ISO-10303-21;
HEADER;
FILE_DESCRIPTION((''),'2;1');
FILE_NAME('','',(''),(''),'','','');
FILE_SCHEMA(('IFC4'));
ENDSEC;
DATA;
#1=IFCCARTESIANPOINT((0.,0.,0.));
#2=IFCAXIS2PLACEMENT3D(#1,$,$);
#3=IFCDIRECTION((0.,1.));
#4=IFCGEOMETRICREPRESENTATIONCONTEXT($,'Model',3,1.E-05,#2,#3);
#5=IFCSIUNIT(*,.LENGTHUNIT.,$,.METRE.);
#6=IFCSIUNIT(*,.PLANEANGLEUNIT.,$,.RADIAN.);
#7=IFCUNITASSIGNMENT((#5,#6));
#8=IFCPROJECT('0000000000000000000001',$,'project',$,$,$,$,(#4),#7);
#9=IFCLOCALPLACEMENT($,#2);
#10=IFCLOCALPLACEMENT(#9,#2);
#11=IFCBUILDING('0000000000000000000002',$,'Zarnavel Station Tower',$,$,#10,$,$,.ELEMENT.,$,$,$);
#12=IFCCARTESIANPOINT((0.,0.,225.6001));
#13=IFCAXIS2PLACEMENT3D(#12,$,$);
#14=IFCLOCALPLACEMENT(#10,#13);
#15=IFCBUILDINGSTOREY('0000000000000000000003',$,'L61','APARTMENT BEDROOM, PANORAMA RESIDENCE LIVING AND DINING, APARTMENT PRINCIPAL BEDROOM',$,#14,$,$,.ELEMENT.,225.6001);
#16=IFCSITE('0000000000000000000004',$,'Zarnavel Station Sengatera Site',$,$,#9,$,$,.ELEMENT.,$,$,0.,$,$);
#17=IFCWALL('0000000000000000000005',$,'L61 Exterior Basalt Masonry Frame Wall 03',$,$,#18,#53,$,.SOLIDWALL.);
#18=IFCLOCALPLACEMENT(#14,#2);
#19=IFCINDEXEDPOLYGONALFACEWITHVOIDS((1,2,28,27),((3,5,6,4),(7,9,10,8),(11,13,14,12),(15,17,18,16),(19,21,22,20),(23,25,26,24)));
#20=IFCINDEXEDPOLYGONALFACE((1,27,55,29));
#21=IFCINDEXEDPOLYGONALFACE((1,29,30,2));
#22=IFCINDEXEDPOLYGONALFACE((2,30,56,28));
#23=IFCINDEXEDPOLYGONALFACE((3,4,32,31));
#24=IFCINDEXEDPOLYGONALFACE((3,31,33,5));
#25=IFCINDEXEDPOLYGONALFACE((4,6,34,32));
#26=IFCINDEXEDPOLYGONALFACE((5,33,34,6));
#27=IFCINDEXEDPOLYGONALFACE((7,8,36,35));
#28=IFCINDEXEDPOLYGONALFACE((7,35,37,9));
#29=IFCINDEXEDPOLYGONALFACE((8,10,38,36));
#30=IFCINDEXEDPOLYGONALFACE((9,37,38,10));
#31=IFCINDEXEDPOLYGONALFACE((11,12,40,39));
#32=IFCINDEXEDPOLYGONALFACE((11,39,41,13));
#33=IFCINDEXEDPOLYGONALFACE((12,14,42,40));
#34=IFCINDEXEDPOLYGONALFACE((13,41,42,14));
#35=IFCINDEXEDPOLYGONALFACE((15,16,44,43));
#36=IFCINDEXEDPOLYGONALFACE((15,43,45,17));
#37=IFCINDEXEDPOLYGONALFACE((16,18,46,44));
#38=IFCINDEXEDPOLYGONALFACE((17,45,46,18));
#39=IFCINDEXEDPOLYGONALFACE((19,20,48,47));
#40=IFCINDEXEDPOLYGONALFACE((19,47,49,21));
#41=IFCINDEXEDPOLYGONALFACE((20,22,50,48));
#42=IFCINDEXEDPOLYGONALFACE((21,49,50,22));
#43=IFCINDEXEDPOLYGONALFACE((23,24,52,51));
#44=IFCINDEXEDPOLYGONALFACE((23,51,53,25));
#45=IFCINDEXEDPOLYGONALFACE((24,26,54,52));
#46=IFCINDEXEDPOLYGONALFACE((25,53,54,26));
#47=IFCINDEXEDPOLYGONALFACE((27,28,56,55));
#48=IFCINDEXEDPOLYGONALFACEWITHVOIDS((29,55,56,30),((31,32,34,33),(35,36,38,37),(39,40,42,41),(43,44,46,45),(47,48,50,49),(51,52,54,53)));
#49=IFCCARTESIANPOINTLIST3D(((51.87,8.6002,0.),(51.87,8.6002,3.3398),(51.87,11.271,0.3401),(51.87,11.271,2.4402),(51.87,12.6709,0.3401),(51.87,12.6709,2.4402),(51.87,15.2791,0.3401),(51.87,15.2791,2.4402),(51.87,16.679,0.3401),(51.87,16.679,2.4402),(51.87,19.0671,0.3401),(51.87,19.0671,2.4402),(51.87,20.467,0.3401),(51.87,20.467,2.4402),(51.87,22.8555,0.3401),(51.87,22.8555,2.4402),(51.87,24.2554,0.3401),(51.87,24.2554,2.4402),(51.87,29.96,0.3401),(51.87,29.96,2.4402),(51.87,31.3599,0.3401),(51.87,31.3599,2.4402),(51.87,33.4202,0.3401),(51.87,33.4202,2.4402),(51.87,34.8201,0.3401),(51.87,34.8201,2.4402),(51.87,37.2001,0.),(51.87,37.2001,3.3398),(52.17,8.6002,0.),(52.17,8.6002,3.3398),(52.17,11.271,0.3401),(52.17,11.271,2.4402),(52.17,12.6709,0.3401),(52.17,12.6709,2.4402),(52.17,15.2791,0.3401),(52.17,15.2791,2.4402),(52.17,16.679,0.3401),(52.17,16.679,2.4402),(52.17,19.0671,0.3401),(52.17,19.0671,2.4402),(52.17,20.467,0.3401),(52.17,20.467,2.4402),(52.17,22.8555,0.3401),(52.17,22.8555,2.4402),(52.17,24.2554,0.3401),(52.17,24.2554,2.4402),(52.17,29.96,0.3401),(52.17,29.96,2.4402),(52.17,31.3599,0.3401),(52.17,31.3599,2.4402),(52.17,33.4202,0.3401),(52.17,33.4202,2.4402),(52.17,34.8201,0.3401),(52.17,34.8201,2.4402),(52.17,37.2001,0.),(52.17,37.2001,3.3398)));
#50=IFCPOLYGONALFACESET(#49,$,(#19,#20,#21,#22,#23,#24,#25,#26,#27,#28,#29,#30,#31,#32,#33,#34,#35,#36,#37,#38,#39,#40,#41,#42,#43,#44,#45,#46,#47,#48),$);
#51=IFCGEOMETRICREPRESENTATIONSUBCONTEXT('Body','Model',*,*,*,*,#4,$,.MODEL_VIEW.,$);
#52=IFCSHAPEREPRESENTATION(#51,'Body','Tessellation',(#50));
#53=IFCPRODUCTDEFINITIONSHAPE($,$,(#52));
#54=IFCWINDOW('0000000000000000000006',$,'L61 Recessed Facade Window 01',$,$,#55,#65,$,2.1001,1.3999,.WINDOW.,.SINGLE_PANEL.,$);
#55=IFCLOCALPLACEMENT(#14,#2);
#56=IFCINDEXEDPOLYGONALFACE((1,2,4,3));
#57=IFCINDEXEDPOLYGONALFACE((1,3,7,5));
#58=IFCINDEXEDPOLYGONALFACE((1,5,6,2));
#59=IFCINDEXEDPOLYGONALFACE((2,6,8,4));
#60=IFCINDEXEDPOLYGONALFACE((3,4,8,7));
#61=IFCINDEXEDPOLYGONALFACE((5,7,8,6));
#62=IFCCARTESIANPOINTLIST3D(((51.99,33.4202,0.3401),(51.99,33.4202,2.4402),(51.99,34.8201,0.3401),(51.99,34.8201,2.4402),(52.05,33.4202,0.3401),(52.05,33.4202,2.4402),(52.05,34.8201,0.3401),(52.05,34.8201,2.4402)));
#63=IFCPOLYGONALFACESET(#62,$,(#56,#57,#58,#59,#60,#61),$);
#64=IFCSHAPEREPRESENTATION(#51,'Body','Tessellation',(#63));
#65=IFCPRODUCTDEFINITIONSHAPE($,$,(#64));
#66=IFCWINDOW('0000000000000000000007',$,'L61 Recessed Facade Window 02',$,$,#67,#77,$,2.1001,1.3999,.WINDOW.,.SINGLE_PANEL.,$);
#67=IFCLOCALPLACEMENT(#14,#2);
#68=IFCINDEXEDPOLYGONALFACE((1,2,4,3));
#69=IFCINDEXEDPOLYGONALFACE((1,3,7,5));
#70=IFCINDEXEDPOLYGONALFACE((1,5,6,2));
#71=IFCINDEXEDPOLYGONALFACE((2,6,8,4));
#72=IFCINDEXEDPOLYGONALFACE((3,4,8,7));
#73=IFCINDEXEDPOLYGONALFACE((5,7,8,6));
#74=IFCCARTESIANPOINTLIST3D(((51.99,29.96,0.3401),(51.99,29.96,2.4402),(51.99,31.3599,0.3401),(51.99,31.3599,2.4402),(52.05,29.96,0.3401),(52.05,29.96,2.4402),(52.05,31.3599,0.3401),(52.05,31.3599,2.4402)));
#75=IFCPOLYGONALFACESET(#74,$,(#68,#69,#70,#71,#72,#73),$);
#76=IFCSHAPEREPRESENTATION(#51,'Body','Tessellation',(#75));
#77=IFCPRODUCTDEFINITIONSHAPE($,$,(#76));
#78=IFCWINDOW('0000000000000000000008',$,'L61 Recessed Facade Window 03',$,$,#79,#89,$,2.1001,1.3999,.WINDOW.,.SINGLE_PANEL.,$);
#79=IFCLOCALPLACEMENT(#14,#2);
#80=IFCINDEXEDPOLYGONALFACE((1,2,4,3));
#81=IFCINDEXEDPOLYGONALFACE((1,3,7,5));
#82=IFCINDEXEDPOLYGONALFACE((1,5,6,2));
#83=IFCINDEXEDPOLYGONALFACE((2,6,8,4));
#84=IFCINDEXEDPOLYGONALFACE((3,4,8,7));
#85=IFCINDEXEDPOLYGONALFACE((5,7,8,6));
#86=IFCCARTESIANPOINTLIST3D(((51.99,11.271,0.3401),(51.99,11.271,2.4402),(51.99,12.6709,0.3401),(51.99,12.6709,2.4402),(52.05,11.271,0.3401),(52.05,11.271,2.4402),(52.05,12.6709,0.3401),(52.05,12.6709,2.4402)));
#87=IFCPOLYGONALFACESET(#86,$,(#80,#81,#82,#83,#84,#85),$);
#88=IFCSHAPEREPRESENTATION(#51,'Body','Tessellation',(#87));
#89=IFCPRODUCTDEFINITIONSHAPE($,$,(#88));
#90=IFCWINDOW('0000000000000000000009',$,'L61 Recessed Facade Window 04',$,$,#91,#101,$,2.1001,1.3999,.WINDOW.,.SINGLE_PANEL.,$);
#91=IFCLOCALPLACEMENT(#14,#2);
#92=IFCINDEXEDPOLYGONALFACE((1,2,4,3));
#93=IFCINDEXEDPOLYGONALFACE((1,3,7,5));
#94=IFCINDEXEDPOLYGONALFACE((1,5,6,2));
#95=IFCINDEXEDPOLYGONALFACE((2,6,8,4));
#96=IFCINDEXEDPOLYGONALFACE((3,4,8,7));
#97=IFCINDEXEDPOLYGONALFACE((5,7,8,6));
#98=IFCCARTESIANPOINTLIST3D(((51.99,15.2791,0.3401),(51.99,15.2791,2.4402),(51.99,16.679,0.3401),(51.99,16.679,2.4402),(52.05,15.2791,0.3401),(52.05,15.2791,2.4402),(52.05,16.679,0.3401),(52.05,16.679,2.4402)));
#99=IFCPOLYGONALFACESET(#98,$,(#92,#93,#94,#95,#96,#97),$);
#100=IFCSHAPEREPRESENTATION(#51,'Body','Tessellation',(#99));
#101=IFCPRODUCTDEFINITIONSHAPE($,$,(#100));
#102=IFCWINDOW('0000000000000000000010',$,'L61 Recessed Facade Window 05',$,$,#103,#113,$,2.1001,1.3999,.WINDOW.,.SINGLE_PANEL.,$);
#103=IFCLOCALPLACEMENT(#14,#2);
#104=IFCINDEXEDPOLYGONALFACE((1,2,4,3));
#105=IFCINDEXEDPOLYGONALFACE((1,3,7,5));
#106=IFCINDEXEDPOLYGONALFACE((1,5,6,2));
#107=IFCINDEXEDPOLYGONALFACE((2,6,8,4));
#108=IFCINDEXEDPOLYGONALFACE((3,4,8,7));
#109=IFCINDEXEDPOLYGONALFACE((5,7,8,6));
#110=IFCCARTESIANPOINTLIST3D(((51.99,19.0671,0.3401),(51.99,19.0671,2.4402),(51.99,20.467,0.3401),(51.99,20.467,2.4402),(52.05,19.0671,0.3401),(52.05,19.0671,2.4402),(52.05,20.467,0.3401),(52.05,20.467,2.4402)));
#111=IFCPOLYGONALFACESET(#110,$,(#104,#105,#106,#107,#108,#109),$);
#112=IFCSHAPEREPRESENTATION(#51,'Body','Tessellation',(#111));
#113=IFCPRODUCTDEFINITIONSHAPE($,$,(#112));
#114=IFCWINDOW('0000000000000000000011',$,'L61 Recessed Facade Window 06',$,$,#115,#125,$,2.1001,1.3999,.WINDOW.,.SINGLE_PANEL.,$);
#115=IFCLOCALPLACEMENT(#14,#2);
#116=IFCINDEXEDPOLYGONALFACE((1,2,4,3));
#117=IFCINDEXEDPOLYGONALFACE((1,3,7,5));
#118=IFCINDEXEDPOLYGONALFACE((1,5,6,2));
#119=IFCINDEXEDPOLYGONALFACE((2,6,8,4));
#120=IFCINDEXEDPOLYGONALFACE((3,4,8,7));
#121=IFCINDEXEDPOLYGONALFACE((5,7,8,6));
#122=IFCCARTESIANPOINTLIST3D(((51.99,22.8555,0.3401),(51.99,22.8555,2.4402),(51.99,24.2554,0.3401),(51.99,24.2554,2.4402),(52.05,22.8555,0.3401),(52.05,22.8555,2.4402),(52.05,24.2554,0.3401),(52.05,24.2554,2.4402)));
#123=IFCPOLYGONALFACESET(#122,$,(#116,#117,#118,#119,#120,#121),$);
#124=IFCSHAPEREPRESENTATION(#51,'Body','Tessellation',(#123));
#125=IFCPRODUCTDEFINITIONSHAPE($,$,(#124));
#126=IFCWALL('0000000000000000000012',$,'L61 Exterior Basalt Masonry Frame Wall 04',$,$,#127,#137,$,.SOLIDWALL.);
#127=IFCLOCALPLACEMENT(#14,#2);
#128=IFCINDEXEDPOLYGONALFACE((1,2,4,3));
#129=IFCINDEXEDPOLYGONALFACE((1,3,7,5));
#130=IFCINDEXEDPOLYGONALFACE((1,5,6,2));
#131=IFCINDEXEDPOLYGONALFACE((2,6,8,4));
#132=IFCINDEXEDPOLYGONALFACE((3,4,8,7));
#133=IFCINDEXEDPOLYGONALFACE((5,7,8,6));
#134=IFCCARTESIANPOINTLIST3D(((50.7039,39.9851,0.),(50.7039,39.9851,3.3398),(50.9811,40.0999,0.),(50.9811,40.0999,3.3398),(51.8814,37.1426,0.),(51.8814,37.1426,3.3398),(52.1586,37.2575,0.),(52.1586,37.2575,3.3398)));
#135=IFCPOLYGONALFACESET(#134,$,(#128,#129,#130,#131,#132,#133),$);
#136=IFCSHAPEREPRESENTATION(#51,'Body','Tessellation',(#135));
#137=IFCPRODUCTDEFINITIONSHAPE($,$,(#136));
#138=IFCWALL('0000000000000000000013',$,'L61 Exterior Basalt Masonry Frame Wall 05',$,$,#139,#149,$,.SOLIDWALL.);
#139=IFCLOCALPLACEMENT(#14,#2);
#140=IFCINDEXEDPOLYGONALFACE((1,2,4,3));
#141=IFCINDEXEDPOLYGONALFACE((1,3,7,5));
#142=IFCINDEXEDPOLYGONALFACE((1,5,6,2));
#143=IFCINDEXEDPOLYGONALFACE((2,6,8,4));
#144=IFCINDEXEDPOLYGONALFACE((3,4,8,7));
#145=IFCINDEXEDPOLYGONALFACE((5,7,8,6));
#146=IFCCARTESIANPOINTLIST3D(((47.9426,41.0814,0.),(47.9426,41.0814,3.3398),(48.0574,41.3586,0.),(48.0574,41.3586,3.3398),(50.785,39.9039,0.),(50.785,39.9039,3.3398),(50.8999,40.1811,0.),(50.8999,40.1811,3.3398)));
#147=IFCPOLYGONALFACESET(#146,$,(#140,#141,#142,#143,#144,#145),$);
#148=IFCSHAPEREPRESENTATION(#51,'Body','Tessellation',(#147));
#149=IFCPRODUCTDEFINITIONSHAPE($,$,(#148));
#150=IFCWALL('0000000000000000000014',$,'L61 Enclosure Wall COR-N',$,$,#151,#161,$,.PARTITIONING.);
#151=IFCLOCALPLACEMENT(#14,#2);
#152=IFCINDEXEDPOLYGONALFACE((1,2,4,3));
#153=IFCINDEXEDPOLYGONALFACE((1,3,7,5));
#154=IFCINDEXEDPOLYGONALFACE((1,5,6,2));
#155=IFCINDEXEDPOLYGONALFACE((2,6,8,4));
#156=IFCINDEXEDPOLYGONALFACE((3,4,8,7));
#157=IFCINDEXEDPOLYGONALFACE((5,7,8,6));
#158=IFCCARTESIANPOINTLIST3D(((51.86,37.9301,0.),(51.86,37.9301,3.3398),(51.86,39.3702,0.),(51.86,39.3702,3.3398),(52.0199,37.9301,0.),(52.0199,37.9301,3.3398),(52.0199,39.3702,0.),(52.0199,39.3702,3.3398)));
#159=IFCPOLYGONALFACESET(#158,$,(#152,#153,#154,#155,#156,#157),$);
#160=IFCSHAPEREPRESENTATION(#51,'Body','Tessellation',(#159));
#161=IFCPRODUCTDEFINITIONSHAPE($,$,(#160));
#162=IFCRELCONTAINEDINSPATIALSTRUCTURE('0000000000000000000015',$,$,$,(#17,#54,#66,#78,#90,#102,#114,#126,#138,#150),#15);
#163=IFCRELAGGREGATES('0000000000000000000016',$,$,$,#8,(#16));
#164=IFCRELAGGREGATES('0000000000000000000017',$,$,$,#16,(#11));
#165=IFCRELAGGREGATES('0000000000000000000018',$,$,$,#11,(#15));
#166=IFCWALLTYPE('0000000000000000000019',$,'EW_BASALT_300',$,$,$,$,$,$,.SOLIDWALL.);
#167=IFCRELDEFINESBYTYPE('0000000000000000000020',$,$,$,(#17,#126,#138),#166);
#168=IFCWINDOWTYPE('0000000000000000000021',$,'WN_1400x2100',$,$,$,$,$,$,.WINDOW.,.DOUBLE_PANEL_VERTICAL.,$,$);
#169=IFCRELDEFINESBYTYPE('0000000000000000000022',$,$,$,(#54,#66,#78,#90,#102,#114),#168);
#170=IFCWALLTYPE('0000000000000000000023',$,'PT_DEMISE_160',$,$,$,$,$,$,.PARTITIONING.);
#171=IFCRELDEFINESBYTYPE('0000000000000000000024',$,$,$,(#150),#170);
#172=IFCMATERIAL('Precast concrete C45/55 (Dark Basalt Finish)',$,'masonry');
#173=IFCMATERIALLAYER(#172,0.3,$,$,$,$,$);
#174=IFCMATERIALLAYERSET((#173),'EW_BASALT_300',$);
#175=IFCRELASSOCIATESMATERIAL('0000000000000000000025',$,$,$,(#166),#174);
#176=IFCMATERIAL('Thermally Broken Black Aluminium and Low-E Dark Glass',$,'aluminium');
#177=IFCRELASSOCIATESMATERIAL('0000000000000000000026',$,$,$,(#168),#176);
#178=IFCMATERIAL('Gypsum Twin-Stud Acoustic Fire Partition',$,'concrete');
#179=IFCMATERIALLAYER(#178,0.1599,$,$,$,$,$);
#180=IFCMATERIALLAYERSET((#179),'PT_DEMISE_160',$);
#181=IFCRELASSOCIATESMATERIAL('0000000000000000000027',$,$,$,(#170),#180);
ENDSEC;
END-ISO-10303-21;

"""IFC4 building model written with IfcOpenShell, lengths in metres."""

from ifc_helpers import new_model, si_unit, direction, frame, frame_2d, origin, place, context, subcontext, project, spatial, rectangle, extrude, material, layer, layer_set, type_object, element, fill, save


model = new_model("IFC4")

# Units and contexts
model_context = context("Model", 3, precision=1e-05, world=origin(), true_north=direction((0.0, 1.0)))
body_context = subcontext(model_context, "Body", "Model", "MODEL_VIEW")
ifc_project = project(units=[si_unit("LENGTHUNIT", "METRE"), si_unit("PLANEANGLEUNIT", "RADIAN")], contexts=[model_context])

# Site, building, storey
site_placement = place(None, origin())
site = spatial("IfcSite", under=ifc_project, at=site_placement, Name="Zarnavel Station Sengatera Site", CompositionType="ELEMENT", RefElevation=0.0)
building_placement = place(site_placement, origin())
building = spatial("IfcBuilding", under=site, at=building_placement, Name="Zarnavel Station Tower", CompositionType="ELEMENT")
storey_placement = place(building_placement, frame((0.0, 0.0, 225.6001)))
storey = spatial("IfcBuildingStorey", under=building, at=storey_placement, Name="L61", Description="APARTMENT BEDROOM, PANORAMA RESIDENCE LIVING AND DINING, APARTMENT PRINCIPAL BEDROOM", CompositionType="ELEMENT", Elevation=225.6001)

# Wall, openings, windows
ifc_material_1 = material(Name="Precast concrete C45/55 (Dark Basalt Finish)", Category="masonry")
ifc_layer_1 = layer(ifc_material_1, 0.3)
ifc_layer_set_1 = layer_set([ifc_layer_1], Name="EW_BASALT_300")
wall_type_1 = type_object("IfcWallType", Name="EW_BASALT_300", PredefinedType="SOLIDWALL", material=ifc_layer_set_1)
wall_1_placement = place(storey_placement, frame((52.02, 37.2, 0.0), z_axis=(0.0, 0.0, 1.0), x_axis=(0.0, -1.0, 0.0)))
wall_1 = element("IfcWall", 1, at=wall_1_placement, inside=storey, type_object=wall_type_1, Name="L61 Exterior Basalt Masonry Frame Wall 03", PredefinedType="SOLIDWALL", context=body_context, shape_type="SweptSolid", body=[
    extrude(rectangle(XDim=28.5999, YDim=0.3, at=frame_2d((14.2998, 0.0))), origin(), (0.0, 0.0, 1.0), 3.3398),
])
opening_1_placement = place(wall_1_placement, frame((2.3799, 0.0, 0.3401)))
opening_1 = element("IfcOpeningElement", 2, at=opening_1_placement, cuts=wall_1, PredefinedType="OPENING", context=body_context, shape_type="SweptSolid", body=[
    extrude(rectangle(XDim=1.3999, YDim=2.1001, at=frame_2d((0.7, 1.05))), frame((0.0, 0.1599, 0.0), z_axis=(0.0, -1.0, 0.0), x_axis=(1.0, 0.0, 0.0)), (0.0, 0.0, 1.0), 0.3201),
])
opening_2_placement = place(wall_1_placement, frame((5.8401, 0.0, 0.3401)))
opening_2 = element("IfcOpeningElement", 3, at=opening_2_placement, cuts=wall_1, PredefinedType="OPENING", context=body_context, shape_type="SweptSolid", body=[
    extrude(rectangle(XDim=1.3999, YDim=2.1001, at=frame_2d((0.7, 1.05))), frame((0.0, 0.1599, 0.0), z_axis=(0.0, -1.0, 0.0), x_axis=(1.0, 0.0, 0.0)), (0.0, 0.0, 1.0), 0.3201),
])
opening_3_placement = place(wall_1_placement, frame((24.5291, 0.0, 0.3401)))
opening_3 = element("IfcOpeningElement", 4, at=opening_3_placement, cuts=wall_1, PredefinedType="OPENING", context=body_context, shape_type="SweptSolid", body=[
    extrude(rectangle(XDim=1.3999, YDim=2.1001, at=frame_2d((0.7, 1.05))), frame((0.0, 0.1599, 0.0), z_axis=(0.0, -1.0, 0.0), x_axis=(1.0, 0.0, 0.0)), (0.0, 0.0, 1.0), 0.3201),
])
opening_4_placement = place(wall_1_placement, frame((20.521, 0.0, 0.3401)))
opening_4 = element("IfcOpeningElement", 5, at=opening_4_placement, cuts=wall_1, PredefinedType="OPENING", context=body_context, shape_type="SweptSolid", body=[
    extrude(rectangle(XDim=1.3999, YDim=2.1001, at=frame_2d((0.7, 1.05))), frame((0.0, 0.1599, 0.0), z_axis=(0.0, -1.0, 0.0), x_axis=(1.0, 0.0, 0.0)), (0.0, 0.0, 1.0), 0.3201),
])
opening_5_placement = place(wall_1_placement, frame((16.7329, 0.0, 0.3401)))
opening_5 = element("IfcOpeningElement", 6, at=opening_5_placement, cuts=wall_1, PredefinedType="OPENING", context=body_context, shape_type="SweptSolid", body=[
    extrude(rectangle(XDim=1.3999, YDim=2.1001, at=frame_2d((0.7, 1.05))), frame((0.0, 0.1599, 0.0), z_axis=(0.0, -1.0, 0.0), x_axis=(1.0, 0.0, 0.0)), (0.0, 0.0, 1.0), 0.3201),
])
opening_6_placement = place(wall_1_placement, frame((12.9446, 0.0, 0.3401)))
opening_6 = element("IfcOpeningElement", 7, at=opening_6_placement, cuts=wall_1, PredefinedType="OPENING", context=body_context, shape_type="SweptSolid", body=[
    extrude(rectangle(XDim=1.3999, YDim=2.1001, at=frame_2d((0.7, 1.05))), frame((0.0, 0.1599, 0.0), z_axis=(0.0, -1.0, 0.0), x_axis=(1.0, 0.0, 0.0)), (0.0, 0.0, 1.0), 0.3201),
])
ifc_material_2 = material(Name="Thermally Broken Black Aluminium and Low-E Dark Glass", Category="aluminium")
window_type = type_object("IfcWindowType", Name="WN_1400x2100", PartitioningType="DOUBLE_PANEL_VERTICAL", PredefinedType="WINDOW", material=ifc_material_2)
window_1_placement = place(opening_1_placement, origin())
window_1 = element("IfcWindow", 8, at=window_1_placement, inside=storey, type_object=window_type, Name="L61 Recessed Facade Window 01", OverallHeight=2.1001, OverallWidth=1.3999, PartitioningType="SINGLE_PANEL", PredefinedType="WINDOW", context=body_context, shape_type="SweptSolid", body=[
    extrude(rectangle(XDim=1.3999, YDim=2.1001, at=frame_2d((0.7, 1.05))), frame((0.0, 0.03, 0.0), z_axis=(0.0, -1.0, 0.0), x_axis=(1.0, 0.0, 0.0)), (0.0, 0.0, 1.0), 0.0601),
])
fill(opening_1, window_1)
window_2_placement = place(opening_2_placement, origin())
window_2 = element("IfcWindow", 9, at=window_2_placement, inside=storey, type_object=window_type, Name="L61 Recessed Facade Window 02", OverallHeight=2.1001, OverallWidth=1.3999, PartitioningType="SINGLE_PANEL", PredefinedType="WINDOW", context=body_context, shape_type="SweptSolid", body=[
    extrude(rectangle(XDim=1.3999, YDim=2.1001, at=frame_2d((0.7, 1.05))), frame((0.0, 0.03, 0.0), z_axis=(0.0, -1.0, 0.0), x_axis=(1.0, 0.0, 0.0)), (0.0, 0.0, 1.0), 0.0601),
])
fill(opening_2, window_2)
window_3_placement = place(opening_3_placement, origin())
window_3 = element("IfcWindow", 10, at=window_3_placement, inside=storey, type_object=window_type, Name="L61 Recessed Facade Window 03", OverallHeight=2.1001, OverallWidth=1.3999, PartitioningType="SINGLE_PANEL", PredefinedType="WINDOW", context=body_context, shape_type="SweptSolid", body=[
    extrude(rectangle(XDim=1.3999, YDim=2.1001, at=frame_2d((0.7, 1.05))), frame((0.0, 0.03, 0.0), z_axis=(0.0, -1.0, 0.0), x_axis=(1.0, 0.0, 0.0)), (0.0, 0.0, 1.0), 0.0601),
])
fill(opening_3, window_3)
window_4_placement = place(opening_4_placement, origin())
window_4 = element("IfcWindow", 11, at=window_4_placement, inside=storey, type_object=window_type, Name="L61 Recessed Facade Window 04", OverallHeight=2.1001, OverallWidth=1.3999, PartitioningType="SINGLE_PANEL", PredefinedType="WINDOW", context=body_context, shape_type="SweptSolid", body=[
    extrude(rectangle(XDim=1.3999, YDim=2.1001, at=frame_2d((0.7, 1.05))), frame((0.0, 0.03, 0.0), z_axis=(0.0, -1.0, 0.0), x_axis=(1.0, 0.0, 0.0)), (0.0, 0.0, 1.0), 0.0601),
])
fill(opening_4, window_4)
window_5_placement = place(opening_5_placement, origin())
window_5 = element("IfcWindow", 12, at=window_5_placement, inside=storey, type_object=window_type, Name="L61 Recessed Facade Window 05", OverallHeight=2.1001, OverallWidth=1.3999, PartitioningType="SINGLE_PANEL", PredefinedType="WINDOW", context=body_context, shape_type="SweptSolid", body=[
    extrude(rectangle(XDim=1.3999, YDim=2.1001, at=frame_2d((0.7, 1.05))), frame((0.0, 0.03, 0.0), z_axis=(0.0, -1.0, 0.0), x_axis=(1.0, 0.0, 0.0)), (0.0, 0.0, 1.0), 0.0601),
])
fill(opening_5, window_5)
window_6_placement = place(opening_6_placement, origin())
window_6 = element("IfcWindow", 13, at=window_6_placement, inside=storey, type_object=window_type, Name="L61 Recessed Facade Window 06", OverallHeight=2.1001, OverallWidth=1.3999, PartitioningType="SINGLE_PANEL", PredefinedType="WINDOW", context=body_context, shape_type="SweptSolid", body=[
    extrude(rectangle(XDim=1.3999, YDim=2.1001, at=frame_2d((0.7, 1.05))), frame((0.0, 0.03, 0.0), z_axis=(0.0, -1.0, 0.0), x_axis=(1.0, 0.0, 0.0)), (0.0, 0.0, 1.0), 0.0601),
])
fill(opening_6, window_6)

# Walls
for number, where, z_axis, x_axis, name in (
    (14, (50.8425, 40.0425, 0.0), (0.0, 0.0, 1.0), (0.382705, -0.923871, 0.0), "L61 Exterior Basalt Masonry Frame Wall 04"),
    (15, (48.0, 41.22, 0.0), (0.0, 0.0, 1.0), (0.923871, -0.382705, 0.0), "L61 Exterior Basalt Masonry Frame Wall 05"),
):
    element("IfcWall", number, at=place(storey_placement, frame(where, z_axis=z_axis, x_axis=x_axis)), inside=storey, type_object=wall_type_1, Name=name, PredefinedType="SOLIDWALL", context=body_context, shape_type="SweptSolid", body=[
        extrude(rectangle(XDim=3.0767, YDim=0.3, at=frame_2d((1.5383, 0.0))), origin(), (0.0, 0.0, 1.0), 3.3398),
    ])
ifc_material_3 = material(Name="Gypsum Twin-Stud Acoustic Fire Partition", Category="concrete")
ifc_layer_2 = layer(ifc_material_3, 0.1599)
ifc_layer_set_2 = layer_set([ifc_layer_2], Name="PT_DEMISE_160")
wall_type_2 = type_object("IfcWallType", Name="PT_DEMISE_160", PredefinedType="PARTITIONING", material=ifc_layer_set_2)
wall_2_placement = place(storey_placement, frame((51.9399, 37.9299, 0.0), z_axis=(0.0, 0.0, 1.0), x_axis=(0.0, 1.0, 0.0)))
element("IfcWall", 16, at=wall_2_placement, inside=storey, type_object=wall_type_2, Name="L61 Enclosure Wall COR-N", PredefinedType="PARTITIONING", context=body_context, shape_type="SweptSolid", body=[
    extrude(rectangle(XDim=1.4402, YDim=0.1599, at=frame_2d((0.7202, 0.0))), origin(), (0.0, 0.0, 1.0), 3.3398),
])

save(model, "model.ifc")
